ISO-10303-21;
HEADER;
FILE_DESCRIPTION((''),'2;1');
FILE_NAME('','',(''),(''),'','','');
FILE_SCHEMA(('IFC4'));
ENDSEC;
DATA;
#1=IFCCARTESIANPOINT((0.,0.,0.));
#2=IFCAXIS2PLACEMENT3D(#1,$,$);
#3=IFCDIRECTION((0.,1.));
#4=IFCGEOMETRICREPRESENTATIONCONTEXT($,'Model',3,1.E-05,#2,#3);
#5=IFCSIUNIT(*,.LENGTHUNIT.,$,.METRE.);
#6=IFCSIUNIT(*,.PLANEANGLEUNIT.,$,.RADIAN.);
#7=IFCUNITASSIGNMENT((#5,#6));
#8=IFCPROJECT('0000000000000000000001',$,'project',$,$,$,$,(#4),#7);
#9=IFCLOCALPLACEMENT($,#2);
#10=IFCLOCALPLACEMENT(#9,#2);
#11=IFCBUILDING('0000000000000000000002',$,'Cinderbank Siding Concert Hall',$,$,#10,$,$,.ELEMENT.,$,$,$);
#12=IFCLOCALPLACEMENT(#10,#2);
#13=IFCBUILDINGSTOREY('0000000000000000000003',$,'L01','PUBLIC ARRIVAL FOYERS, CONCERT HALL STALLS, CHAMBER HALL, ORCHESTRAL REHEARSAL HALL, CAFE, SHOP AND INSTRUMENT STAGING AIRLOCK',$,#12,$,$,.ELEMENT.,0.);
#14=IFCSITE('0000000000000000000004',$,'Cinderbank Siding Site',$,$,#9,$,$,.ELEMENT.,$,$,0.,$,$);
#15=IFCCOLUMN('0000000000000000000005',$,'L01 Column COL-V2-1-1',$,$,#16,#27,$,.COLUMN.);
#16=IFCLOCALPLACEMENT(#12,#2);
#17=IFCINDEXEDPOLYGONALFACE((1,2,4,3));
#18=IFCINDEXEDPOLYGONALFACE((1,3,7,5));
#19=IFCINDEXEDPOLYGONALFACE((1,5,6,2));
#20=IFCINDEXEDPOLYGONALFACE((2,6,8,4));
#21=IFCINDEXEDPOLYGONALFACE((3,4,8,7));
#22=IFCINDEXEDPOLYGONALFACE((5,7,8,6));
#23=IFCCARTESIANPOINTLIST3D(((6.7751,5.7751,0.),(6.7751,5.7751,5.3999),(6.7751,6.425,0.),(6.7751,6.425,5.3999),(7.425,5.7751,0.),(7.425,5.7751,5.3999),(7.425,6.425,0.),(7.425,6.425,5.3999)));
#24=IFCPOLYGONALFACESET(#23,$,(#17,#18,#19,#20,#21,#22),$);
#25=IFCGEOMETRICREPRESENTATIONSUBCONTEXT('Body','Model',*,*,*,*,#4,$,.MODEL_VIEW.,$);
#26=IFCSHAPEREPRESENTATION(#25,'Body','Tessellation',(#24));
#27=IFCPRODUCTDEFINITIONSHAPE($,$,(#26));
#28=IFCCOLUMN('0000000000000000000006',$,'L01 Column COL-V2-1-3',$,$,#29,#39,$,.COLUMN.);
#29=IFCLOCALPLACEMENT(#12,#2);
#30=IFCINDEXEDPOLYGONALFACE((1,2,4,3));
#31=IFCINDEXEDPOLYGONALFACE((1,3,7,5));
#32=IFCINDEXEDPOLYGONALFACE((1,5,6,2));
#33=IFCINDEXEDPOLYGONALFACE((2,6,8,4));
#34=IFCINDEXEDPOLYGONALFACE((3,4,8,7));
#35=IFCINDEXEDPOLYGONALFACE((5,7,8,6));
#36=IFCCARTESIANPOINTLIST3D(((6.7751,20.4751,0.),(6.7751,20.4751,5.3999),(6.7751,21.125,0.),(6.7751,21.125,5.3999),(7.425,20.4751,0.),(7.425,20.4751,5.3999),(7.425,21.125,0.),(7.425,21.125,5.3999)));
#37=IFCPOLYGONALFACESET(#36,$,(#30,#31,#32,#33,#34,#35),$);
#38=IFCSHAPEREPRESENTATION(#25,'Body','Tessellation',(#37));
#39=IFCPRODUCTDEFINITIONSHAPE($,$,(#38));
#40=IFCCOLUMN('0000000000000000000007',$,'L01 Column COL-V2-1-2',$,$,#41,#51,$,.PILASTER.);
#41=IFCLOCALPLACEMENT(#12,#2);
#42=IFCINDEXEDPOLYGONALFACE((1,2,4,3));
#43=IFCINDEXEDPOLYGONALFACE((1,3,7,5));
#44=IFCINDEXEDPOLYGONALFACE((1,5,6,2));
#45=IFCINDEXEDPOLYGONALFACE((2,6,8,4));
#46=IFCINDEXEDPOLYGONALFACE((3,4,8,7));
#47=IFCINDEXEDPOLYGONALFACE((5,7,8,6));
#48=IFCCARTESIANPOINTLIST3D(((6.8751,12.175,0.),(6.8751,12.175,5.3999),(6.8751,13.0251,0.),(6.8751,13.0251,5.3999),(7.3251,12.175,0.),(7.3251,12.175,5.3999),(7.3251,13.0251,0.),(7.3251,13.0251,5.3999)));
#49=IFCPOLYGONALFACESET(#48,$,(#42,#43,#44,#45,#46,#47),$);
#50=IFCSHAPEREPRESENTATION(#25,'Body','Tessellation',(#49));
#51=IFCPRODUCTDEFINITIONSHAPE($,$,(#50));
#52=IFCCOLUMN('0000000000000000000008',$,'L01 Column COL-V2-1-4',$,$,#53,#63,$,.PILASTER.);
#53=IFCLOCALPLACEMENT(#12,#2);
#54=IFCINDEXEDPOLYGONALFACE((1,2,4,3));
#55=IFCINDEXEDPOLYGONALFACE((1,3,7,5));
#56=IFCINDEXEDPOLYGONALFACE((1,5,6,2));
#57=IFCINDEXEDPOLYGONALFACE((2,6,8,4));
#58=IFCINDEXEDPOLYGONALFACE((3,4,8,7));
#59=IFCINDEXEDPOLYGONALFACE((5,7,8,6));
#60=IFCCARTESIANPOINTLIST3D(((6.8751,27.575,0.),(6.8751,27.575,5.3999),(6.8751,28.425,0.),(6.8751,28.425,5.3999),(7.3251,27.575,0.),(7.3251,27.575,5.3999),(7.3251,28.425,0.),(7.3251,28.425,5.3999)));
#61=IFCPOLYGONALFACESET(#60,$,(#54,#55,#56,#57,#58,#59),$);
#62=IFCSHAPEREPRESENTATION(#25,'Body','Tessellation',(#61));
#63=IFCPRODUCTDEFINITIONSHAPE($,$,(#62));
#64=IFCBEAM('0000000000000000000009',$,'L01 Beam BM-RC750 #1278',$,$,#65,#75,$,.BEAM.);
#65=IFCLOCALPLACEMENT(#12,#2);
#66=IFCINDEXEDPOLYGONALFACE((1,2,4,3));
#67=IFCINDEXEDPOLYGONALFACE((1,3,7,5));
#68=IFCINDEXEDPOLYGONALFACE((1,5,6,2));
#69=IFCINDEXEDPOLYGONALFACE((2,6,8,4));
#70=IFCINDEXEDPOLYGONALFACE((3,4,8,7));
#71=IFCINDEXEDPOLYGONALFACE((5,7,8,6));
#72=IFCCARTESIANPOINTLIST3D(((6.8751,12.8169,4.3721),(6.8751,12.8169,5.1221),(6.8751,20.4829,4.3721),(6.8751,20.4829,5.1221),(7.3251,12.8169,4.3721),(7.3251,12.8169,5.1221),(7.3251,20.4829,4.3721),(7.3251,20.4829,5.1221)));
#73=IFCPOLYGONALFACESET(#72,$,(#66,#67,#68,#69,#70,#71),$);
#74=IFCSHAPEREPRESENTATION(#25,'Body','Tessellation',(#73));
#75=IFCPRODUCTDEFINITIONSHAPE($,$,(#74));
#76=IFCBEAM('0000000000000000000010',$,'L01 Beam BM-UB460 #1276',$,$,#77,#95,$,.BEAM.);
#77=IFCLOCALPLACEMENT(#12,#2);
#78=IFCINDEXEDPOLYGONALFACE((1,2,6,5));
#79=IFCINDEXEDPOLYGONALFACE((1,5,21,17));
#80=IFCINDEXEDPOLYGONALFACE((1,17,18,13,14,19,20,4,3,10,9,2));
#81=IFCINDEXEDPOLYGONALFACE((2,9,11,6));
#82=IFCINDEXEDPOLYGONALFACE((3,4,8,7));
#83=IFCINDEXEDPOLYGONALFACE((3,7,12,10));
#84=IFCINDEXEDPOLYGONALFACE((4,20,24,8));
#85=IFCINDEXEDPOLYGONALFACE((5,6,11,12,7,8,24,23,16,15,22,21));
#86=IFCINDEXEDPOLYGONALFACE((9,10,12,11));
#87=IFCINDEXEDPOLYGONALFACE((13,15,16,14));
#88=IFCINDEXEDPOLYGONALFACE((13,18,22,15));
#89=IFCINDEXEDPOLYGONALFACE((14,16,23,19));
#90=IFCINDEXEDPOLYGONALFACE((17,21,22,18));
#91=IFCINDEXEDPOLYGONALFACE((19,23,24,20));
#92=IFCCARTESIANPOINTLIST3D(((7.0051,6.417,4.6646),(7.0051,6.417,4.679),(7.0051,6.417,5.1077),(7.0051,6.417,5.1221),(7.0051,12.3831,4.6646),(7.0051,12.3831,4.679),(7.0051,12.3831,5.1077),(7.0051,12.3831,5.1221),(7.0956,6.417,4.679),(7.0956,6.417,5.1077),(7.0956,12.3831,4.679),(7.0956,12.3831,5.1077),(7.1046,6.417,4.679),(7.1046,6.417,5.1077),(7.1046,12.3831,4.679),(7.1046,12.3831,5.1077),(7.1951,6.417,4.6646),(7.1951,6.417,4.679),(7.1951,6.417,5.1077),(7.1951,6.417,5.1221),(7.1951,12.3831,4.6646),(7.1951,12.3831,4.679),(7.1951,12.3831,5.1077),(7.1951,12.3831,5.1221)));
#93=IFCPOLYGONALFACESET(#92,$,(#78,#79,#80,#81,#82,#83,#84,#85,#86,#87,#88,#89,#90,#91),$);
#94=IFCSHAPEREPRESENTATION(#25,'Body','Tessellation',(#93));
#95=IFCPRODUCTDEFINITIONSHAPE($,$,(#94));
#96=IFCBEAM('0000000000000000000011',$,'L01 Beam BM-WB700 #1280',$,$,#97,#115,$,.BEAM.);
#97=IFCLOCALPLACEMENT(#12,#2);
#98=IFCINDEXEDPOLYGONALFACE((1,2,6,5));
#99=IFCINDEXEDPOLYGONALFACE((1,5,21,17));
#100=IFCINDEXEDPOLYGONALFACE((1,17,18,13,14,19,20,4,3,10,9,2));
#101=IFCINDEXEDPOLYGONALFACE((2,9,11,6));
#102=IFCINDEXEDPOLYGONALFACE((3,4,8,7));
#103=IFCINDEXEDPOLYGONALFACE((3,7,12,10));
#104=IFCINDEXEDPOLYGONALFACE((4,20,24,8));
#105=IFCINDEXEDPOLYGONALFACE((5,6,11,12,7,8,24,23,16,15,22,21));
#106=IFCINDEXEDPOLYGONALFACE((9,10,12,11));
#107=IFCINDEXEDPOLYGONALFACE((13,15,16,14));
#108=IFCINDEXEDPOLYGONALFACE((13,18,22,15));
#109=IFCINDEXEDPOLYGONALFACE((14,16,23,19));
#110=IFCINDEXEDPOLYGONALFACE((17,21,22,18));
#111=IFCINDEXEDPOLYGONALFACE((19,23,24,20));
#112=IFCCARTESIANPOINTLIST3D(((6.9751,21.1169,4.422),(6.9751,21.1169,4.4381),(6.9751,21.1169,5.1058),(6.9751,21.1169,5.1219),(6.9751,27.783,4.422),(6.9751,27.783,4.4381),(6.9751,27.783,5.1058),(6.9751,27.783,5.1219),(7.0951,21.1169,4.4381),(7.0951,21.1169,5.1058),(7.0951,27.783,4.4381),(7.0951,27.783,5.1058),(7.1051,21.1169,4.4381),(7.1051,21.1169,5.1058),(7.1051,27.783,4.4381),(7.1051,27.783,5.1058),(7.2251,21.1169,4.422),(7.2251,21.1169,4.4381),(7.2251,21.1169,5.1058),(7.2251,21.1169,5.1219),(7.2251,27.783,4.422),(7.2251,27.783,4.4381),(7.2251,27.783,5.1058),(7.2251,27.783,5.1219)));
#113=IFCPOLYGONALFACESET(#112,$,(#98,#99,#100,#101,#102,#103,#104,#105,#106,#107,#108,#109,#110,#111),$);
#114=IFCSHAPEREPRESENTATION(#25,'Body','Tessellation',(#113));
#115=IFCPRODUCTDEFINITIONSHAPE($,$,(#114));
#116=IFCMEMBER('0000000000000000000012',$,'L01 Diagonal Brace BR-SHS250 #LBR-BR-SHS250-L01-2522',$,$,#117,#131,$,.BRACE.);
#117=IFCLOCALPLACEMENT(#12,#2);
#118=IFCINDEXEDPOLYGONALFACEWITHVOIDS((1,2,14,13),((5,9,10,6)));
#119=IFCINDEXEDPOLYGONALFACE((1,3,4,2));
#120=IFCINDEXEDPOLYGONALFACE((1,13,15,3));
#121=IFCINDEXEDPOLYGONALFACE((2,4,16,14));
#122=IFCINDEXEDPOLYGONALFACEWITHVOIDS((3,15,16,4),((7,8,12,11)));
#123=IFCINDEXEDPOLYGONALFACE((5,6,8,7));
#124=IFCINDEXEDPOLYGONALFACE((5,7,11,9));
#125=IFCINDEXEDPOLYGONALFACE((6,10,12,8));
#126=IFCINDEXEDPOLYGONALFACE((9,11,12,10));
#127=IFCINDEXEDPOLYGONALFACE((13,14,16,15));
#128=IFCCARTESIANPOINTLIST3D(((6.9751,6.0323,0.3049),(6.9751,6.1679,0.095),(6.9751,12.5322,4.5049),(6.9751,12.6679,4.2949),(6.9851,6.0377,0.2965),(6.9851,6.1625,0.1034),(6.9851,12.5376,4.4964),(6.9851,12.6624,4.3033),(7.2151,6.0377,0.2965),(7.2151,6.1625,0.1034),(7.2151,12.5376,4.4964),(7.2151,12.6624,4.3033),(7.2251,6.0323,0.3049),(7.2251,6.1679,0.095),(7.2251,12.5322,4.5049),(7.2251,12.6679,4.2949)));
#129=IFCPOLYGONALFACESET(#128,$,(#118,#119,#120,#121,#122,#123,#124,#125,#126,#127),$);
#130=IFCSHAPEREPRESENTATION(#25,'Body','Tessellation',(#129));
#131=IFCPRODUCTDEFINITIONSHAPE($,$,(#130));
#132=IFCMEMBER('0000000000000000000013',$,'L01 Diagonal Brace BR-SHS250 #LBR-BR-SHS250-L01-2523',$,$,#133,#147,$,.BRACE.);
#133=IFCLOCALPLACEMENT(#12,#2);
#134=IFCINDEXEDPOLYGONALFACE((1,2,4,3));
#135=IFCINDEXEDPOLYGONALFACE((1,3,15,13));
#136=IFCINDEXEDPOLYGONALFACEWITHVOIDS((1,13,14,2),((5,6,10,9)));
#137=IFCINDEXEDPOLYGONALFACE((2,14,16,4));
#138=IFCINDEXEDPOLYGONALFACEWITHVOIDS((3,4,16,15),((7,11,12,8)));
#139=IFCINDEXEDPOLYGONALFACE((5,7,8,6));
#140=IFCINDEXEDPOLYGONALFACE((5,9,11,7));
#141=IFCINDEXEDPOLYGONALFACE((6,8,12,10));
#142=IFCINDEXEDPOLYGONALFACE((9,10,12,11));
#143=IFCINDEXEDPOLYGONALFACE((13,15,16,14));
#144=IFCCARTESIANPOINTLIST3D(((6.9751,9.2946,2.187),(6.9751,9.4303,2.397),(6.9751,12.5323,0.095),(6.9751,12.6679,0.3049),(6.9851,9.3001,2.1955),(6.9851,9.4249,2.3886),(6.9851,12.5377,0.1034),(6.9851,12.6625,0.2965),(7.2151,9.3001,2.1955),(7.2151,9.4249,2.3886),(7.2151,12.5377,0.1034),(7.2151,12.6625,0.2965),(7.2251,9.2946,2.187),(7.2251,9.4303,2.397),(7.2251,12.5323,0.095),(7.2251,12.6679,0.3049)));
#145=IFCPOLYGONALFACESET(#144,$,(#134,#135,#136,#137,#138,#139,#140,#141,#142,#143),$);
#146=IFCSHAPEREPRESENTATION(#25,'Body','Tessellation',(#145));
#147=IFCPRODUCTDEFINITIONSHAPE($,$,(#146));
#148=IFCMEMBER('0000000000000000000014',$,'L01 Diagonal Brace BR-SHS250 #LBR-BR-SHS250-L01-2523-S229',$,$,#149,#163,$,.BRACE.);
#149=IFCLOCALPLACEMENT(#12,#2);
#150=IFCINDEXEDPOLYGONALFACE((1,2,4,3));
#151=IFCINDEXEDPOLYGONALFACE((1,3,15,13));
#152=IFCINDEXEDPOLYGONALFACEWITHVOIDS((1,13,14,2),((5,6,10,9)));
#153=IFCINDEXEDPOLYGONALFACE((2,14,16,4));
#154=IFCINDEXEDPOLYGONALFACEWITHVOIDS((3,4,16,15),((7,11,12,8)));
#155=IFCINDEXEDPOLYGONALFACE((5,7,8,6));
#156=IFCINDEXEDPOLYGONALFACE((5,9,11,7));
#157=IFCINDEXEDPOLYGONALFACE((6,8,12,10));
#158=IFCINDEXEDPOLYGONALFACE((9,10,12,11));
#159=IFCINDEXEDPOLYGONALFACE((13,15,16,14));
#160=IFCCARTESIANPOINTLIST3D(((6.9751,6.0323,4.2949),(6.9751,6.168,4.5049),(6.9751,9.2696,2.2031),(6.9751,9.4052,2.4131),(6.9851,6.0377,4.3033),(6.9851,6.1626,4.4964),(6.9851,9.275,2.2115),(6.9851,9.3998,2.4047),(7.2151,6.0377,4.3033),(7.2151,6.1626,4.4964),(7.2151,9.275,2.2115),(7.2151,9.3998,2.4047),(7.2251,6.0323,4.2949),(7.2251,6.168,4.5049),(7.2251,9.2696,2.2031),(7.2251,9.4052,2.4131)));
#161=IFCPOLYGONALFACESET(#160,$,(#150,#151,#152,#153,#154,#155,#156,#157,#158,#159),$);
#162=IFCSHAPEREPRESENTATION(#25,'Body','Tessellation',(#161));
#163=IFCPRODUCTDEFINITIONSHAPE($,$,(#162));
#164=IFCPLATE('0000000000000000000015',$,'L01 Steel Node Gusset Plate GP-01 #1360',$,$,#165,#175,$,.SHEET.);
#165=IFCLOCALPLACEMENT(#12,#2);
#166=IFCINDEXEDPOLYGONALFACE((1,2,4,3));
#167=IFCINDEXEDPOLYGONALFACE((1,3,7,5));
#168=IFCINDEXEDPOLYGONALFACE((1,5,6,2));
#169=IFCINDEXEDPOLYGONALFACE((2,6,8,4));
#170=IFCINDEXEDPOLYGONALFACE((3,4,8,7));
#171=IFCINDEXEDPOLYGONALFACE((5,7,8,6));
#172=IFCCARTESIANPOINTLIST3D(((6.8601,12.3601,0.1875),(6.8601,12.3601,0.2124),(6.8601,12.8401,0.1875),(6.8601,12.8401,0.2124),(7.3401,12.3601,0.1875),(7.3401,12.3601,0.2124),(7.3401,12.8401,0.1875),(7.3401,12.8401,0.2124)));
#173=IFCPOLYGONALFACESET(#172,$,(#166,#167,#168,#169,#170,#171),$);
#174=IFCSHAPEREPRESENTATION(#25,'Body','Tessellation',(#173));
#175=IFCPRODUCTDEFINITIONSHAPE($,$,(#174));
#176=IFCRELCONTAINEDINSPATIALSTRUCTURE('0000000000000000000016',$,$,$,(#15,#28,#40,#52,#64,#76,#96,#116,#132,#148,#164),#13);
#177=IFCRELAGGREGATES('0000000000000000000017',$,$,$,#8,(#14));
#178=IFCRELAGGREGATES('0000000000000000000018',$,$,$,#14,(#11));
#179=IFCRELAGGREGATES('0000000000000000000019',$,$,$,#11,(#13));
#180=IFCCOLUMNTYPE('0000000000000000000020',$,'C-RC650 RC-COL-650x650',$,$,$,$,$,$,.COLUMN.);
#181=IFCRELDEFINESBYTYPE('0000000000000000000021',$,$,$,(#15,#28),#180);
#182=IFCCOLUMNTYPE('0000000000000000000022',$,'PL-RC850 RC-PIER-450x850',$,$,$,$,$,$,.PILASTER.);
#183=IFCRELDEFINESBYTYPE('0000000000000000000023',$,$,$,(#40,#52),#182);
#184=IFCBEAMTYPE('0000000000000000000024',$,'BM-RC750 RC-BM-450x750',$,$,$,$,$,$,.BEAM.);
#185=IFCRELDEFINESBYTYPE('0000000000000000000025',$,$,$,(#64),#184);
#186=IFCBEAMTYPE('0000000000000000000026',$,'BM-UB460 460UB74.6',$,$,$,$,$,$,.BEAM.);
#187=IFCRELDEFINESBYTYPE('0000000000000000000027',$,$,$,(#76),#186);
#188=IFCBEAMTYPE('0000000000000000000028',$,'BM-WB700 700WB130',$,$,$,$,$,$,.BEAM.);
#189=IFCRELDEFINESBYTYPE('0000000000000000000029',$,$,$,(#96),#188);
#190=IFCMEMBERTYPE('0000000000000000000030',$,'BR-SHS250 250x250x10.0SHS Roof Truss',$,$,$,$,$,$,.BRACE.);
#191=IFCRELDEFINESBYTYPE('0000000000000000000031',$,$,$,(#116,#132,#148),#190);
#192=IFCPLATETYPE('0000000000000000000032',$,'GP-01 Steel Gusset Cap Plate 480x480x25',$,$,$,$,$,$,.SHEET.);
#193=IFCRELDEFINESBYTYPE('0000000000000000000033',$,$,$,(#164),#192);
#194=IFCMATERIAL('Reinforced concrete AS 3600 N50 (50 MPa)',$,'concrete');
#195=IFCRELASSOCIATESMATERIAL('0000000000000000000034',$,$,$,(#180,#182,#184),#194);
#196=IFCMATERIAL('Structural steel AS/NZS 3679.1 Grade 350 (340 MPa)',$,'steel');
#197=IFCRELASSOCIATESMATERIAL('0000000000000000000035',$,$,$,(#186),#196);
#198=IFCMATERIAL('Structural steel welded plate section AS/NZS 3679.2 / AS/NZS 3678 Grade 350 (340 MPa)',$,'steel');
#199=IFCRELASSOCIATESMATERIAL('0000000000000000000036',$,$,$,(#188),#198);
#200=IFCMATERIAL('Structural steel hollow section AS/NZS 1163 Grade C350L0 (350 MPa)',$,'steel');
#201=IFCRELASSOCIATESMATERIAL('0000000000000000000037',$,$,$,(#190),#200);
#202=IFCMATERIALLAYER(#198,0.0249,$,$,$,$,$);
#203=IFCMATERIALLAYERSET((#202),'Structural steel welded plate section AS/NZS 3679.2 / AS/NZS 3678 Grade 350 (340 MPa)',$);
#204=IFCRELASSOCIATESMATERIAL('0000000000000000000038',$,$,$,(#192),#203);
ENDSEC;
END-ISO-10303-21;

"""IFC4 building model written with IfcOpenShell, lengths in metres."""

from ifc_helpers import new_model, si_unit, direction, frame, origin, origin_2d, place, context, subcontext, project, spatial, rectangle, hollow_rectangle, i_section, extrude, material, layer, layer_set, material_profile, profile_set, type_object, element, save


model = new_model("IFC4")

# Units and contexts
model_context = context("Model", 3, precision=1e-05, world=origin(), true_north=direction((0.0, 1.0)))
body_context = subcontext(model_context, "Body", "Model", "MODEL_VIEW")
ifc_project = project(units=[si_unit("LENGTHUNIT", "METRE"), si_unit("PLANEANGLEUNIT", "RADIAN")], contexts=[model_context])

# Site, building, storey
site_placement = place(None, origin())
site = spatial("IfcSite", under=ifc_project, at=site_placement, Name="Cinderbank Siding Site", CompositionType="ELEMENT", RefElevation=0.0)
building_placement = place(site_placement, origin())
building = spatial("IfcBuilding", under=site, at=building_placement, Name="Cinderbank Siding Concert Hall", CompositionType="ELEMENT")
storey_placement = place(building_placement, origin())
storey = spatial("IfcBuildingStorey", under=building, at=storey_placement, Name="L01", Description="PUBLIC ARRIVAL FOYERS, CONCERT HALL STALLS, CHAMBER HALL, ORCHESTRAL REHEARSAL HALL, CAFE, SHOP AND INSTRUMENT STAGING AIRLOCK", CompositionType="ELEMENT", Elevation=0.0)

# Columns
ifc_material_1 = material(Name="Reinforced concrete AS 3600 N50 (50 MPa)", Category="concrete")
ifc_material_profile_1 = material_profile(ifc_material_1, rectangle(XDim=0.6499, YDim=0.6499, at=origin_2d()), Name="RC-COL-650x650", Category="LoadBearing")
ifc_profile_set_1 = profile_set([ifc_material_profile_1], Name="Reinforced concrete AS 3600 N50 (50 MPa)")
column_type_1 = type_object("IfcColumnType", Name="C-RC650 RC-COL-650x650", PredefinedType="COLUMN", material=ifc_profile_set_1)
for number, where, z_axis, x_axis, name in (
    (1, (7.1001, 6.1001, 0.0), (0.0, 0.0, 1.0), (1.0, 0.0, 0.0), "L01 Column COL-V2-1-1"),
    (2, (7.1001, 20.8, 0.0), (0.0, 0.0, 1.0), (1.0, 0.0, 0.0), "L01 Column COL-V2-1-3"),
):
    element("IfcColumn", number, at=place(storey_placement, frame(where, z_axis=z_axis, x_axis=x_axis)), inside=storey, type_object=column_type_1, Name=name, PredefinedType="COLUMN", context=body_context, shape_type="SweptSolid", body=[
        extrude(rectangle(XDim=0.6499, YDim=0.6499, at=origin_2d()), origin(), (0.0, 0.0, 1.0), 5.3999),
    ])
ifc_material_profile_2 = material_profile(ifc_material_1, rectangle(XDim=0.45, YDim=0.8501, at=origin_2d()), Name="RC-PIER-450x850", Category="LoadBearing")
ifc_profile_set_2 = profile_set([ifc_material_profile_2], Name="Reinforced concrete AS 3600 N50 (50 MPa)")
column_type_2 = type_object("IfcColumnType", Name="PL-RC850 RC-PIER-450x850", PredefinedType="PILASTER", material=ifc_profile_set_2)
for number, where, z_axis, x_axis, name in (
    (3, (7.1001, 12.6001, 0.0), (0.0, 0.0, 1.0), (1.0, 0.0, 0.0), "L01 Column COL-V2-1-2"),
    (4, (7.1001, 28.0, 0.0), (0.0, 0.0, 1.0), (1.0, 0.0, 0.0), "L01 Column COL-V2-1-4"),
):
    element("IfcColumn", number, at=place(storey_placement, frame(where, z_axis=z_axis, x_axis=x_axis)), inside=storey, type_object=column_type_2, Name=name, PredefinedType="PILASTER", context=body_context, shape_type="SweptSolid", body=[
        extrude(rectangle(XDim=0.45, YDim=0.8501, at=origin_2d()), origin(), (0.0, 0.0, 1.0), 5.3999),
    ])

# Beams
ifc_material_profile_3 = material_profile(ifc_material_1, rectangle(XDim=0.45, YDim=0.75, at=origin_2d()), Name="RC-BM-450x750", Category="LoadBearing")
ifc_profile_set_3 = profile_set([ifc_material_profile_3], Name="Reinforced concrete AS 3600 N50 (50 MPa)")
beam_type_1 = type_object("IfcBeamType", Name="BM-RC750 RC-BM-450x750", PredefinedType="BEAM", material=ifc_profile_set_3)
beam_1_placement = place(storey_placement, frame((7.1001, 12.8169, 4.7471), z_axis=(0.0, 1.0, 0.0), x_axis=(-1.0, 0.0, 0.0)))
element("IfcBeam", 5, at=beam_1_placement, inside=storey, type_object=beam_type_1, Name="L01 Beam BM-RC750 #1278", PredefinedType="BEAM", context=body_context, shape_type="SweptSolid", body=[
    extrude(rectangle(XDim=0.45, YDim=0.75, at=origin_2d()), origin(), (0.0, 0.0, 1.0), 7.666),
])
ifc_material_2 = material(Name="Structural steel AS/NZS 3679.1 Grade 350 (340 MPa)", Category="steel")
ifc_material_profile_4 = material_profile(ifc_material_2, i_section(OverallWidth=0.1899, OverallDepth=0.4575, WebThickness=0.009, FlangeThickness=0.0144, at=origin_2d()), Name="460UB74.6", Category="LoadBearing")
ifc_profile_set_4 = profile_set([ifc_material_profile_4], Name="Structural steel AS/NZS 3679.1 Grade 350 (340 MPa)")
beam_type_2 = type_object("IfcBeamType", Name="BM-UB460 460UB74.6", PredefinedType="BEAM", material=ifc_profile_set_4)
beam_2_placement = place(storey_placement, frame((7.1001, 6.417, 4.8933), z_axis=(0.0, 1.0, 0.0), x_axis=(-1.0, 0.0, 0.0)))
element("IfcBeam", 6, at=beam_2_placement, inside=storey, type_object=beam_type_2, Name="L01 Beam BM-UB460 #1276", PredefinedType="BEAM", context=body_context, shape_type="SweptSolid", body=[
    extrude(i_section(OverallWidth=0.1899, OverallDepth=0.4575, WebThickness=0.009, FlangeThickness=0.0144, at=origin_2d()), origin(), (0.0, 0.0, 1.0), 5.9661),
])
ifc_material_3 = material(Name="Structural steel welded plate section AS/NZS 3679.2 / AS/NZS 3678 Grade 350 (340 MPa)", Category="steel")
ifc_material_profile_5 = material_profile(ifc_material_3, i_section(OverallWidth=0.25, OverallDepth=0.7, WebThickness=0.01, FlangeThickness=0.0161, at=origin_2d()), Name="700WB130", Category="LoadBearing")
ifc_profile_set_5 = profile_set([ifc_material_profile_5], Name="Structural steel welded plate section AS/NZS 3679.2 / AS/NZS 3678 Grade 350 (340 MPa)")
beam_type_3 = type_object("IfcBeamType", Name="BM-WB700 700WB130", PredefinedType="BEAM", material=ifc_profile_set_5)
beam_3_placement = place(storey_placement, frame((7.1001, 21.1169, 4.772), z_axis=(0.0, 1.0, 0.0), x_axis=(-1.0, 0.0, 0.0)))
element("IfcBeam", 7, at=beam_3_placement, inside=storey, type_object=beam_type_3, Name="L01 Beam BM-WB700 #1280", PredefinedType="BEAM", context=body_context, shape_type="SweptSolid", body=[
    extrude(i_section(OverallWidth=0.25, OverallDepth=0.7, WebThickness=0.01, FlangeThickness=0.0161, at=origin_2d()), origin(), (0.0, 0.0, 1.0), 6.666),
])

# Members
ifc_material_4 = material(Name="Structural steel hollow section AS/NZS 1163 Grade C350L0 (350 MPa)", Category="steel")
ifc_material_profile_6 = material_profile(ifc_material_4, hollow_rectangle(XDim=0.25, YDim=0.25, WallThickness=0.01, at=origin_2d()), Name="250x250x10.0SHS", Category="LoadBearing")
ifc_profile_set_6 = profile_set([ifc_material_profile_6], Name="Structural steel hollow section AS/NZS 1163 Grade C350L0 (350 MPa)")
member_type = type_object("IfcMemberType", Name="BR-SHS250 250x250x10.0SHS Roof Truss", PredefinedType="BRACE", material=ifc_profile_set_6)
member_1_placement = place(storey_placement, frame((7.1001, 6.1001, 0.2), z_axis=(0.0, 0.83992, 0.542711), x_axis=(-1.0, 0.0, 0.0)))
element("IfcMember", 8, at=member_1_placement, inside=storey, type_object=member_type, Name="L01 Diagonal Brace BR-SHS250 #LBR-BR-SHS250-L01-2522", PredefinedType="BRACE", context=body_context, shape_type="SweptSolid", body=[
    extrude(hollow_rectangle(XDim=0.25, YDim=0.25, WallThickness=0.01, at=origin_2d()), origin(), (0.0, 0.0, 1.0), 7.7388),
])
member_2_placement = place(storey_placement, frame((7.1001, 12.6001, 0.2), z_axis=(0.0, -0.839906, 0.542731), x_axis=(1.0, 0.0, 0.0)))
element("IfcMember", 9, at=member_2_placement, inside=storey, type_object=member_type, Name="L01 Diagonal Brace BR-SHS250 #LBR-BR-SHS250-L01-2523", PredefinedType="BRACE", context=body_context, shape_type="SweptSolid", body=[
    extrude(hollow_rectangle(XDim=0.25, YDim=0.25, WallThickness=0.01, at=origin_2d()), origin(), (0.0, 0.0, 1.0), 3.8547),
])
member_3_placement = place(storey_placement, frame((7.1001, 9.3374, 2.3081), z_axis=(0.0, -0.839917, 0.542715), x_axis=(1.0, 0.0, 0.0)))
element("IfcMember", 10, at=member_3_placement, inside=storey, type_object=member_type, Name="L01 Diagonal Brace BR-SHS250 #LBR-BR-SHS250-L01-2523-S229", PredefinedType="BRACE", context=body_context, shape_type="SweptSolid", body=[
    extrude(hollow_rectangle(XDim=0.25, YDim=0.25, WallThickness=0.01, at=origin_2d()), origin(), (0.0, 0.0, 1.0), 3.8542),
])

# Plate
ifc_layer_1 = layer(ifc_material_3, 0.0249)
ifc_layer_set_1 = layer_set([ifc_layer_1], Name="Structural steel welded plate section AS/NZS 3679.2 / AS/NZS 3678 Grade 350 (340 MPa)")
plate_type_1 = type_object("IfcPlateType", Name="GP-01 Steel Gusset Cap Plate 480x480x25", PredefinedType="SHEET", material=ifc_layer_set_1)
plate_1_placement = place(storey_placement, frame((7.1001, 12.6001, 0.1875), z_axis=(0.0, 0.0, 1.0), x_axis=(0.0, -1.0, 0.0)))
element("IfcPlate", 11, at=plate_1_placement, inside=storey, type_object=plate_type_1, Name="L01 Steel Node Gusset Plate GP-01 #1360", PredefinedType="SHEET", context=body_context, shape_type="SweptSolid", body=[
    extrude(rectangle(XDim=0.48, YDim=0.48, at=origin_2d()), origin(), (0.0, 0.0, 1.0), 0.0249),
])

save(model, "model.ifc")
